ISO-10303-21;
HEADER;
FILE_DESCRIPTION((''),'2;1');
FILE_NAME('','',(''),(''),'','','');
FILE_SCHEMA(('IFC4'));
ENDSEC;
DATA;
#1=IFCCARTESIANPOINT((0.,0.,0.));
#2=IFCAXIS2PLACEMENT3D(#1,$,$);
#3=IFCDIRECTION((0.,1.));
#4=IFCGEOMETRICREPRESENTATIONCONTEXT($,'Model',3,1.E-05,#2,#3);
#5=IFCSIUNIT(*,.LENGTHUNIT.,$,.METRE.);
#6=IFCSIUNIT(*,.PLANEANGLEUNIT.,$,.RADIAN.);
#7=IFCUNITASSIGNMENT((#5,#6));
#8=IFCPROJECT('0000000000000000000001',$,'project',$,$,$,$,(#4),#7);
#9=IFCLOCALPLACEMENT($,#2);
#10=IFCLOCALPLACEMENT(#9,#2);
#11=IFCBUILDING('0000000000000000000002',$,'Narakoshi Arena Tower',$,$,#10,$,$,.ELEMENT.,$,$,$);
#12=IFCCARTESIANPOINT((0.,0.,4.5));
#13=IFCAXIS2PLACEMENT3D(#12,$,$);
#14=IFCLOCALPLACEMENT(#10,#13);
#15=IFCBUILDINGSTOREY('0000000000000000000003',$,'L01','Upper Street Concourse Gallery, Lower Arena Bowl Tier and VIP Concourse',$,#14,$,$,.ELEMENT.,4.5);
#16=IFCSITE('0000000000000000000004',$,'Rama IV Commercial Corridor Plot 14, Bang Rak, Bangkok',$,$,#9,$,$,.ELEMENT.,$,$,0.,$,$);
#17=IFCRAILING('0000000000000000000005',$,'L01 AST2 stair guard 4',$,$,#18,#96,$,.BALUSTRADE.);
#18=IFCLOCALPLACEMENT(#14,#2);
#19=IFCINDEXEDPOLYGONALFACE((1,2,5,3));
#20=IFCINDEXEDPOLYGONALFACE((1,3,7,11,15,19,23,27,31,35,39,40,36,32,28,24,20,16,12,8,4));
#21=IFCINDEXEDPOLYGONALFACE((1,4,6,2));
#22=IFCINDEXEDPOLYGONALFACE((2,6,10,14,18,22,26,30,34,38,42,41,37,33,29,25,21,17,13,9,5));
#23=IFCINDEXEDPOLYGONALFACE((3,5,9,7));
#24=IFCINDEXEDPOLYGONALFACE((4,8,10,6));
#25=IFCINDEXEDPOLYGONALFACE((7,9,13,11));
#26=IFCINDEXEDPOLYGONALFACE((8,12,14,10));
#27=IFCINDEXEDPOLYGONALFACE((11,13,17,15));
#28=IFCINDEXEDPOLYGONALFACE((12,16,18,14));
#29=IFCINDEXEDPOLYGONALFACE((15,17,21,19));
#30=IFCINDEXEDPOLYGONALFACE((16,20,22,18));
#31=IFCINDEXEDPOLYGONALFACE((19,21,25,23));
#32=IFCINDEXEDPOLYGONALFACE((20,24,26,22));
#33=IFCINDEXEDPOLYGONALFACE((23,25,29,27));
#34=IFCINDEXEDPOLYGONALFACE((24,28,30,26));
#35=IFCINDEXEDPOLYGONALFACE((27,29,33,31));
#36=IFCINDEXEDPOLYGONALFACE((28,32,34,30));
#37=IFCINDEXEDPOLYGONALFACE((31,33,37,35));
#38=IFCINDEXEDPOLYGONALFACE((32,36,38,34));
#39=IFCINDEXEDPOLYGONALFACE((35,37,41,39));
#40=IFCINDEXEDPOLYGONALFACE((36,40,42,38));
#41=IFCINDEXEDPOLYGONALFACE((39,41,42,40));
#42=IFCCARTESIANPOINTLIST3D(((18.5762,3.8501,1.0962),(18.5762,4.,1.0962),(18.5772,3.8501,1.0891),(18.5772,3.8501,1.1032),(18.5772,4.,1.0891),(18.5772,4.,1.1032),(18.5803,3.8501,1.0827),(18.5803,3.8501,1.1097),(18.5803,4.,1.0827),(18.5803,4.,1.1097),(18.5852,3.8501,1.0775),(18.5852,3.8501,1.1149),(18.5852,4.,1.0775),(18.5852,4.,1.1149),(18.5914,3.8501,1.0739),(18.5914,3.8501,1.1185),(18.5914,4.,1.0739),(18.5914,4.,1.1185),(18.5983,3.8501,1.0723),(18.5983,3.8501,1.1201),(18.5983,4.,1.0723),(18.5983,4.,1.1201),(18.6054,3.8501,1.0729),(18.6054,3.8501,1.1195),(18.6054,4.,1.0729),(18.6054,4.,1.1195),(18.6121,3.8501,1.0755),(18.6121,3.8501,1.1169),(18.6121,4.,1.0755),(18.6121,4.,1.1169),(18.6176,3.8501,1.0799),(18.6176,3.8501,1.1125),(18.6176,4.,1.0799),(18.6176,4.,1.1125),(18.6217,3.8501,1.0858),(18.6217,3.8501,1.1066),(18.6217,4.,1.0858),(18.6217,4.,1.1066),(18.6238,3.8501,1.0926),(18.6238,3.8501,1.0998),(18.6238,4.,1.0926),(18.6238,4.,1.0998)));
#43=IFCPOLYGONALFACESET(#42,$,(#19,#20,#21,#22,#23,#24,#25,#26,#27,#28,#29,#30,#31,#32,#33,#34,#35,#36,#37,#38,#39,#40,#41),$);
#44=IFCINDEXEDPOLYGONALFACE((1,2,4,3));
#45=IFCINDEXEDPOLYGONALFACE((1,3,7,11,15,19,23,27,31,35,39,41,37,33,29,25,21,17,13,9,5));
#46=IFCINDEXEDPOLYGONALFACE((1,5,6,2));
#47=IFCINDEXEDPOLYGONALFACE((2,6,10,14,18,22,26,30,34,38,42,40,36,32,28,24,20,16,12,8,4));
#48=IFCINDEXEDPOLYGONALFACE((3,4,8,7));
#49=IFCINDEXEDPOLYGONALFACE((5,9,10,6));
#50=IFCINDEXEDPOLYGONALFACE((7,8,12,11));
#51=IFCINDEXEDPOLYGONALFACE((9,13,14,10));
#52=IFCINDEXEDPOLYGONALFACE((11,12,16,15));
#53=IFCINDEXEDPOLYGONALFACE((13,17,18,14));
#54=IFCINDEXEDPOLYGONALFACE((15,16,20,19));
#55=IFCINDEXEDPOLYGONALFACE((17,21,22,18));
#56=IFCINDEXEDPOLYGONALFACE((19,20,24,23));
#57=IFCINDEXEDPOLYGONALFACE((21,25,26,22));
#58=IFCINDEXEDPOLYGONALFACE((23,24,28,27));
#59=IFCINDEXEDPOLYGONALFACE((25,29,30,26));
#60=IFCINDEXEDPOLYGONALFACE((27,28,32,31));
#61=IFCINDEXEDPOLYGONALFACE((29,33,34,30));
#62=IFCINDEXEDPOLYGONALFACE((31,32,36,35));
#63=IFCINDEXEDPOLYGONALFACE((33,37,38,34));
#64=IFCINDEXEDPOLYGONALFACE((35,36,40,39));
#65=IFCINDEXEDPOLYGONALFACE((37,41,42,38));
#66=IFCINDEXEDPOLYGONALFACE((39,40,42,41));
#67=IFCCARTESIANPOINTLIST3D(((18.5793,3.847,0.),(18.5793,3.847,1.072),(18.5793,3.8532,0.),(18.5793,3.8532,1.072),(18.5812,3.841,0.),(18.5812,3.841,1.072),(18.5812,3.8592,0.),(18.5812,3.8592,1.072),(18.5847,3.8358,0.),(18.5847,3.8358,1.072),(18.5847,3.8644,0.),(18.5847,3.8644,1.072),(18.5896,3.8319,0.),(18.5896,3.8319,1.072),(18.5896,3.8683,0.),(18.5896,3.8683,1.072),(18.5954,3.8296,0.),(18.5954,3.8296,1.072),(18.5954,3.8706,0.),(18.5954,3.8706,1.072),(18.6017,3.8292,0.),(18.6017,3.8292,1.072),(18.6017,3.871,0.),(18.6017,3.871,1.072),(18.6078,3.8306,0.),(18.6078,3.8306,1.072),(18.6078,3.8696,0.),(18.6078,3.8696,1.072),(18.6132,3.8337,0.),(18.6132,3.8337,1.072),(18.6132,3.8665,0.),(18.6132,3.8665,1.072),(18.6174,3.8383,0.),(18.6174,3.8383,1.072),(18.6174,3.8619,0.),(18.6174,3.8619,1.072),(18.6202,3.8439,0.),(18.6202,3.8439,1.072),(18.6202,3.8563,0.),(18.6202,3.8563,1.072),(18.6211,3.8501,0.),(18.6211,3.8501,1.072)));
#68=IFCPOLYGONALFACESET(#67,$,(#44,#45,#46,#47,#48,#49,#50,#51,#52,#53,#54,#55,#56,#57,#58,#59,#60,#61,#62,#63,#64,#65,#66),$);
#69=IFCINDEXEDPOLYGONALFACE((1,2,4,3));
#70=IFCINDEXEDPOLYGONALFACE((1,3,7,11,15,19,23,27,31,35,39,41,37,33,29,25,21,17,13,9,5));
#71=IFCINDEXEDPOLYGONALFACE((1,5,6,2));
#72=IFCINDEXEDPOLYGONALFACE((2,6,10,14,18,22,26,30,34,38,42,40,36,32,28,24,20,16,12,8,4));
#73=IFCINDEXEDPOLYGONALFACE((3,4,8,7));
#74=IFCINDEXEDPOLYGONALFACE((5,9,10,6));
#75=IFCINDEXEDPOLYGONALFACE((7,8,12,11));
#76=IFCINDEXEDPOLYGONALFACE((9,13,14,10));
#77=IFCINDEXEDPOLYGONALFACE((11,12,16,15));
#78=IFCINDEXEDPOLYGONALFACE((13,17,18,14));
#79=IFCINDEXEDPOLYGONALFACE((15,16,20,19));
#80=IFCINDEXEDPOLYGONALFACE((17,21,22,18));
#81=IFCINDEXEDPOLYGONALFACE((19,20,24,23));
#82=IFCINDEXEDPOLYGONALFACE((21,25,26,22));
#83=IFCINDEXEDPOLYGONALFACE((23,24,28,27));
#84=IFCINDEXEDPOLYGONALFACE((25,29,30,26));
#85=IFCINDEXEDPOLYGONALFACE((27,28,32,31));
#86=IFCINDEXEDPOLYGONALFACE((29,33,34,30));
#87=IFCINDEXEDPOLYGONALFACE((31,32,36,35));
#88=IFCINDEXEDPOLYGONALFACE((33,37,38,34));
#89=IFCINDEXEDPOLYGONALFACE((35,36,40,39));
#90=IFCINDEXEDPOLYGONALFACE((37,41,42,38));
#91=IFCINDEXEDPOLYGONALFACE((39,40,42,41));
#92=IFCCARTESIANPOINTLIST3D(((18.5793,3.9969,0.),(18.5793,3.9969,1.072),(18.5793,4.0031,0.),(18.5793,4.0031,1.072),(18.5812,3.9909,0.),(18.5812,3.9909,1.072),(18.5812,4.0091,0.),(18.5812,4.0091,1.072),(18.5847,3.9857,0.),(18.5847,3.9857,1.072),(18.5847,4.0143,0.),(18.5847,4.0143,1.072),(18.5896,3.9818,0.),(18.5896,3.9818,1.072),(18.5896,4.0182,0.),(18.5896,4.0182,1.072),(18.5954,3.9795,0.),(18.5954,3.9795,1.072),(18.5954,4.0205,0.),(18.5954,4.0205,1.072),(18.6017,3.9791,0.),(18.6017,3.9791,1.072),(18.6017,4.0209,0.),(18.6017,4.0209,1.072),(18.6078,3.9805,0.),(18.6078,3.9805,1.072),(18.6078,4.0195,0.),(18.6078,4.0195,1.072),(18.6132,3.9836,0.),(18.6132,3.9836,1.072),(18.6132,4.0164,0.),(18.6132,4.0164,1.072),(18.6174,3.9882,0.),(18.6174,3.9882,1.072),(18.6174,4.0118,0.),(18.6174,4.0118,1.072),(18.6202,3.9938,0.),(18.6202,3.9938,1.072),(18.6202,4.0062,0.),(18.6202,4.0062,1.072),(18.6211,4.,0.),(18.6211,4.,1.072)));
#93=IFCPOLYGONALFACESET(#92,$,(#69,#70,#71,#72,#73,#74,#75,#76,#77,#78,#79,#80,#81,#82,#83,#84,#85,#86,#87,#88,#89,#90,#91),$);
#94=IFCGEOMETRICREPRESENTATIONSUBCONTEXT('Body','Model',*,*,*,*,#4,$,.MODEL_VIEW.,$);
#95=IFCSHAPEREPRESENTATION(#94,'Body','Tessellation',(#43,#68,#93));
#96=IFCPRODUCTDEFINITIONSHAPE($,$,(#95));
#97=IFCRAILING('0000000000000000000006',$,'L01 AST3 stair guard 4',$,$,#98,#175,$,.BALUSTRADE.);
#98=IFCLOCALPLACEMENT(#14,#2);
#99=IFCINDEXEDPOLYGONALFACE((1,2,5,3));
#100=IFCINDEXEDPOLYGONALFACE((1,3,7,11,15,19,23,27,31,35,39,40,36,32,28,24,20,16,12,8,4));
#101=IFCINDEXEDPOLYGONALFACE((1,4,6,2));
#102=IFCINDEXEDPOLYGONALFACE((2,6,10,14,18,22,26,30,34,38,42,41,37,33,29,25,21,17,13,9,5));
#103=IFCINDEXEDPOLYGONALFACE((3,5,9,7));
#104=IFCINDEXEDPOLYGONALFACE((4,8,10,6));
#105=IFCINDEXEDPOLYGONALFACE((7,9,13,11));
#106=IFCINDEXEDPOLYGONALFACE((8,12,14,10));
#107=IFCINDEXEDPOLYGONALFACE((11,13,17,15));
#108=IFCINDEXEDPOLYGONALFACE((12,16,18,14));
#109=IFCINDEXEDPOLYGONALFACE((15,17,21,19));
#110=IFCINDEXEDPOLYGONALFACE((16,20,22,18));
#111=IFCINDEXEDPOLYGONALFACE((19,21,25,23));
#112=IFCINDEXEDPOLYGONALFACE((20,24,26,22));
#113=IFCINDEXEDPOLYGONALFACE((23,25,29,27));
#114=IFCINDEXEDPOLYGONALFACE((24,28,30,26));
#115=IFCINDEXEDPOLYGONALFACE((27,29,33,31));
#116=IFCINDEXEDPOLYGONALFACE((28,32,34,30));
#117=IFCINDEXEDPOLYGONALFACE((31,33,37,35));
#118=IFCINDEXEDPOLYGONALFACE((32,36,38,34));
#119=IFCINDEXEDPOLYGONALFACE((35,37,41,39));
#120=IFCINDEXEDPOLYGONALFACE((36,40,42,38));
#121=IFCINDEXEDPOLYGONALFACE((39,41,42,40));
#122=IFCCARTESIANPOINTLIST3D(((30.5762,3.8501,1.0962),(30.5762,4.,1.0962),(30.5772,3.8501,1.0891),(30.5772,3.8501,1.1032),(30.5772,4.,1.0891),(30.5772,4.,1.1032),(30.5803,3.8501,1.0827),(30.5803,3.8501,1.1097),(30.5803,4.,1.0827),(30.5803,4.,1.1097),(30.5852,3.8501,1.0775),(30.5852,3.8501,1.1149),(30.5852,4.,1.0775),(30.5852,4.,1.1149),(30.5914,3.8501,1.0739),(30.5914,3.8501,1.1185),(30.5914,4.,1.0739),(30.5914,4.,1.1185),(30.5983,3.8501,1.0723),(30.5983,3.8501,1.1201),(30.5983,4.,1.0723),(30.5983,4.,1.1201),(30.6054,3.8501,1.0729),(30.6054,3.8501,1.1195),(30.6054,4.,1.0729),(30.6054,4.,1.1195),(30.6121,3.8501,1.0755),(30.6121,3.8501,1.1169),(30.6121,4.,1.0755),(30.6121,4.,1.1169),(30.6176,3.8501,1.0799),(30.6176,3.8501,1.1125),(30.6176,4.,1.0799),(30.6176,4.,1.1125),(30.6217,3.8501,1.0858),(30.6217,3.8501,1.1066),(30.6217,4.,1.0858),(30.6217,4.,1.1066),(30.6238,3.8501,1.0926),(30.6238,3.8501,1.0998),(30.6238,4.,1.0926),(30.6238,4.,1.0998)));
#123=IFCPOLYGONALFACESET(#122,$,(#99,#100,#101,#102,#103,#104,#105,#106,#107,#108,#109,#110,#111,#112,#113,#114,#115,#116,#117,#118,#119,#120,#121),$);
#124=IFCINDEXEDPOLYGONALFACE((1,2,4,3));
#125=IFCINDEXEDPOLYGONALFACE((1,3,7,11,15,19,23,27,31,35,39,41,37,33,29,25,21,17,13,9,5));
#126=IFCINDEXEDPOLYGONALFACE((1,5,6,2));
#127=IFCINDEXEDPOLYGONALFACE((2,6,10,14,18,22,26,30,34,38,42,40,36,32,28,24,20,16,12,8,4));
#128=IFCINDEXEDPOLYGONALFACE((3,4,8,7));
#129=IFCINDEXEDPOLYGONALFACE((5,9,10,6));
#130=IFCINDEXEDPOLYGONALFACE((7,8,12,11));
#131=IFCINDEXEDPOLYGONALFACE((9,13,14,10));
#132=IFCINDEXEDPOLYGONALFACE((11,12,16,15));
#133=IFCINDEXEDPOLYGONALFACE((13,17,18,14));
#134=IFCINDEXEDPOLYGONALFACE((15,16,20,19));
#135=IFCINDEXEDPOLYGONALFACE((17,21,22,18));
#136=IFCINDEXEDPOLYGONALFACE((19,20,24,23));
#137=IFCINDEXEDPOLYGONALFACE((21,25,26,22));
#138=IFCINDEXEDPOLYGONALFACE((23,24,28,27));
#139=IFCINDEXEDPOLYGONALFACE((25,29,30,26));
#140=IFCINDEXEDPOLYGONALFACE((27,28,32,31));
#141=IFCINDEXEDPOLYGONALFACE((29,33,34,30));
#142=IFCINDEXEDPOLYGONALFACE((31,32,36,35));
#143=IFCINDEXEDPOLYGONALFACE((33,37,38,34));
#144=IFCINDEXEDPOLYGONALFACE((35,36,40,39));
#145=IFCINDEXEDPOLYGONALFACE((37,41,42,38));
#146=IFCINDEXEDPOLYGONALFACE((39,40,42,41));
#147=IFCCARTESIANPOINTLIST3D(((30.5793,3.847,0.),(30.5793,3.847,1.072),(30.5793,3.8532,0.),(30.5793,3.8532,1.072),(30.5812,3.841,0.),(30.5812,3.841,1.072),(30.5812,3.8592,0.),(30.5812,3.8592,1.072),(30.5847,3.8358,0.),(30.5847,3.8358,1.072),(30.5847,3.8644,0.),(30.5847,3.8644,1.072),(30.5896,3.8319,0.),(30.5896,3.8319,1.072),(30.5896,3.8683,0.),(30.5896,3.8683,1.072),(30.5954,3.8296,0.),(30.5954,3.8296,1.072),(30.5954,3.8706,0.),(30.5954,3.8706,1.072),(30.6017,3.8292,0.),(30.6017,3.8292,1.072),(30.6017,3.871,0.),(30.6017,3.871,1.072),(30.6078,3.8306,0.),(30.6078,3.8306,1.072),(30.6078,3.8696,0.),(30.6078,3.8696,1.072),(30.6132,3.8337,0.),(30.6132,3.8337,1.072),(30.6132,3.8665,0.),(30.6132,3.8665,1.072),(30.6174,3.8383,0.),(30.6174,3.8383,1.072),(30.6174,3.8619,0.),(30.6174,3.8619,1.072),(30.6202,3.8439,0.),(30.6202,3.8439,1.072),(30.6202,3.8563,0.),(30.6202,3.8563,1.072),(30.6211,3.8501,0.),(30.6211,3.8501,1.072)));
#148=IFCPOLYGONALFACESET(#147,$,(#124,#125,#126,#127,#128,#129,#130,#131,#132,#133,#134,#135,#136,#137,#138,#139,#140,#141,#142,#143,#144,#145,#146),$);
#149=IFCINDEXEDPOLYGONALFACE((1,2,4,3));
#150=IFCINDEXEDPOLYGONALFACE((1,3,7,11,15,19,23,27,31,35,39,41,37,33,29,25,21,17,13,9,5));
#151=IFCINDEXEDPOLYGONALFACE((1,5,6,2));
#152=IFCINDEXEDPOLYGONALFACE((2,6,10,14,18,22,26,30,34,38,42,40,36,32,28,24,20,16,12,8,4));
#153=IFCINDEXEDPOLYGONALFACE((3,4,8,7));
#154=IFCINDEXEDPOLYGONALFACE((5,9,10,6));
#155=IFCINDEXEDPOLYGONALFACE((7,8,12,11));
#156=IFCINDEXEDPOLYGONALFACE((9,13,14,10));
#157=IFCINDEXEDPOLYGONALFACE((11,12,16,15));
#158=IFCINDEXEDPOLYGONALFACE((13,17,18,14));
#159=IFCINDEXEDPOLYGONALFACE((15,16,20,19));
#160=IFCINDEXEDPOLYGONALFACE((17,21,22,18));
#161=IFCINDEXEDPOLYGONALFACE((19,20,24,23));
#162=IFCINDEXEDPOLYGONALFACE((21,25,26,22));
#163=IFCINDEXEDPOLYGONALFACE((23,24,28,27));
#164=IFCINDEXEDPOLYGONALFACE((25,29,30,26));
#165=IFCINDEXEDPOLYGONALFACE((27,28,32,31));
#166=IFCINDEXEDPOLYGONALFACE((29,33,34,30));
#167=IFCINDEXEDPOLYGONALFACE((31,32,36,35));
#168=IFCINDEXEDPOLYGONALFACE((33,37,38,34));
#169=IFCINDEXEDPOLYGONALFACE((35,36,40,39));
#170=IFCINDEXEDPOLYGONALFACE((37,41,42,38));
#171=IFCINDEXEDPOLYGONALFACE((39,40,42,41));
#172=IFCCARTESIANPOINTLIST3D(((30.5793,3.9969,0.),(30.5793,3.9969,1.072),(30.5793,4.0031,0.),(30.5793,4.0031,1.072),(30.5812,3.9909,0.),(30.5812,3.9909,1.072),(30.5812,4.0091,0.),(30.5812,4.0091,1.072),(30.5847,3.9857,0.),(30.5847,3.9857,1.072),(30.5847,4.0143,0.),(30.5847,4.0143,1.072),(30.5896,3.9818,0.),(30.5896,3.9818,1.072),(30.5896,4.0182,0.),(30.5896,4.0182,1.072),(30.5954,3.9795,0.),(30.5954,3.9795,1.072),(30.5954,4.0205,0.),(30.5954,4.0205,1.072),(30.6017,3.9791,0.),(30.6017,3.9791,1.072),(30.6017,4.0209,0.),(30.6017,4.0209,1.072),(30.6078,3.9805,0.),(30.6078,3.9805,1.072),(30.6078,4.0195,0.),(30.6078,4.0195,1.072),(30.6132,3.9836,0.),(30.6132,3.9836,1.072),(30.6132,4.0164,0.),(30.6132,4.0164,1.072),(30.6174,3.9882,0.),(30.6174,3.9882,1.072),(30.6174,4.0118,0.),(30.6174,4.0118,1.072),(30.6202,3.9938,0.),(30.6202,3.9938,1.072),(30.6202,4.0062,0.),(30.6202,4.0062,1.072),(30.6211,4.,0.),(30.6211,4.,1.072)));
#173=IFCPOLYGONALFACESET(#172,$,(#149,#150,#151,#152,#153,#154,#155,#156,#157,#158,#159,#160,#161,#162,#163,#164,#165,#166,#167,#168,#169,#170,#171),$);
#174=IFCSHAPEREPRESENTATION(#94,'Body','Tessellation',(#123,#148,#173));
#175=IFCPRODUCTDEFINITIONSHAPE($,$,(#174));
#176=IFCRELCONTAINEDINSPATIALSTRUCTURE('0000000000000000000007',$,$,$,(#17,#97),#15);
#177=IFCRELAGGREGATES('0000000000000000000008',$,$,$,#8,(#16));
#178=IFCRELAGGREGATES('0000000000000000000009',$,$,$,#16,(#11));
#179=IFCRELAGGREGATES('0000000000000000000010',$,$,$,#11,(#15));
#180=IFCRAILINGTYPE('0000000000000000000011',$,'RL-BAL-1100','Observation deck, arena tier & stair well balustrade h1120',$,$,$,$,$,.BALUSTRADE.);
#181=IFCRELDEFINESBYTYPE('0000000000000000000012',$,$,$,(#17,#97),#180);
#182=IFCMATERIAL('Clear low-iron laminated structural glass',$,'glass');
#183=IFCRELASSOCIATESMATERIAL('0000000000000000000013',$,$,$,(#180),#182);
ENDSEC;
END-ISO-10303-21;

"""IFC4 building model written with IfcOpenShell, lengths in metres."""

from ifc_helpers import new_model, si_unit, direction, frame, origin, origin_2d, place, context, subcontext, project, spatial, circle, extrude, material, type_object, element, save


model = new_model("IFC4")

# Units and contexts
model_context = context("Model", 3, precision=1e-05, world=origin(), true_north=direction((0.0, 1.0)))
body_context = subcontext(model_context, "Body", "Model", "MODEL_VIEW")
ifc_project = project(units=[si_unit("LENGTHUNIT", "METRE"), si_unit("PLANEANGLEUNIT", "RADIAN")], contexts=[model_context])

# Site, building, storey
site_placement = place(None, origin())
site = spatial("IfcSite", under=ifc_project, at=site_placement, Name="Rama IV Commercial Corridor Plot 14, Bang Rak, Bangkok", CompositionType="ELEMENT", RefElevation=0.0)
building_placement = place(site_placement, origin())
building = spatial("IfcBuilding", under=site, at=building_placement, Name="Narakoshi Arena Tower", CompositionType="ELEMENT")
storey_placement = place(building_placement, frame((0.0, 0.0, 4.5)))
storey = spatial("IfcBuildingStorey", under=building, at=storey_placement, Name="L01", Description="Upper Street Concourse Gallery, Lower Arena Bowl Tier and VIP Concourse", CompositionType="ELEMENT", Elevation=4.5)

# Railings
ifc_material_1 = material(Name="Clear low-iron laminated structural glass", Category="glass")
railing_type_1 = type_object("IfcRailingType", Name="RL-BAL-1100", Description="Observation deck, arena tier & stair well balustrade h1120", PredefinedType="BALUSTRADE", material=ifc_material_1)
for number, where, name in (
    (1, (18.6001, 3.8501, 0.0), "L01 AST2 stair guard 4"),
    (2, (30.6001, 3.8501, 0.0), "L01 AST3 stair guard 4"),
):
    element("IfcRailing", number, at=place(storey_placement, frame(where)), inside=storey, type_object=railing_type_1, Name=name, PredefinedType="BALUSTRADE", context=body_context, shape_type="SweptSolid", body=[
        extrude(circle(Radius=0.0239, at=origin_2d()), frame((0.0, 0.0, 1.0962), z_axis=(0.0, 1.0, 0.0), x_axis=(-1.0, 0.0, 0.0)), (0.0, 0.0, 1.0), 0.1499),
        extrude(circle(Radius=0.021, at=origin_2d()), origin(), (0.0, 0.0, 1.0), 1.072),
        extrude(circle(Radius=0.021, at=origin_2d()), frame((0.0, 0.1499, 0.0)), (0.0, 0.0, 1.0), 1.072),
    ])

save(model, "model.ifc")
